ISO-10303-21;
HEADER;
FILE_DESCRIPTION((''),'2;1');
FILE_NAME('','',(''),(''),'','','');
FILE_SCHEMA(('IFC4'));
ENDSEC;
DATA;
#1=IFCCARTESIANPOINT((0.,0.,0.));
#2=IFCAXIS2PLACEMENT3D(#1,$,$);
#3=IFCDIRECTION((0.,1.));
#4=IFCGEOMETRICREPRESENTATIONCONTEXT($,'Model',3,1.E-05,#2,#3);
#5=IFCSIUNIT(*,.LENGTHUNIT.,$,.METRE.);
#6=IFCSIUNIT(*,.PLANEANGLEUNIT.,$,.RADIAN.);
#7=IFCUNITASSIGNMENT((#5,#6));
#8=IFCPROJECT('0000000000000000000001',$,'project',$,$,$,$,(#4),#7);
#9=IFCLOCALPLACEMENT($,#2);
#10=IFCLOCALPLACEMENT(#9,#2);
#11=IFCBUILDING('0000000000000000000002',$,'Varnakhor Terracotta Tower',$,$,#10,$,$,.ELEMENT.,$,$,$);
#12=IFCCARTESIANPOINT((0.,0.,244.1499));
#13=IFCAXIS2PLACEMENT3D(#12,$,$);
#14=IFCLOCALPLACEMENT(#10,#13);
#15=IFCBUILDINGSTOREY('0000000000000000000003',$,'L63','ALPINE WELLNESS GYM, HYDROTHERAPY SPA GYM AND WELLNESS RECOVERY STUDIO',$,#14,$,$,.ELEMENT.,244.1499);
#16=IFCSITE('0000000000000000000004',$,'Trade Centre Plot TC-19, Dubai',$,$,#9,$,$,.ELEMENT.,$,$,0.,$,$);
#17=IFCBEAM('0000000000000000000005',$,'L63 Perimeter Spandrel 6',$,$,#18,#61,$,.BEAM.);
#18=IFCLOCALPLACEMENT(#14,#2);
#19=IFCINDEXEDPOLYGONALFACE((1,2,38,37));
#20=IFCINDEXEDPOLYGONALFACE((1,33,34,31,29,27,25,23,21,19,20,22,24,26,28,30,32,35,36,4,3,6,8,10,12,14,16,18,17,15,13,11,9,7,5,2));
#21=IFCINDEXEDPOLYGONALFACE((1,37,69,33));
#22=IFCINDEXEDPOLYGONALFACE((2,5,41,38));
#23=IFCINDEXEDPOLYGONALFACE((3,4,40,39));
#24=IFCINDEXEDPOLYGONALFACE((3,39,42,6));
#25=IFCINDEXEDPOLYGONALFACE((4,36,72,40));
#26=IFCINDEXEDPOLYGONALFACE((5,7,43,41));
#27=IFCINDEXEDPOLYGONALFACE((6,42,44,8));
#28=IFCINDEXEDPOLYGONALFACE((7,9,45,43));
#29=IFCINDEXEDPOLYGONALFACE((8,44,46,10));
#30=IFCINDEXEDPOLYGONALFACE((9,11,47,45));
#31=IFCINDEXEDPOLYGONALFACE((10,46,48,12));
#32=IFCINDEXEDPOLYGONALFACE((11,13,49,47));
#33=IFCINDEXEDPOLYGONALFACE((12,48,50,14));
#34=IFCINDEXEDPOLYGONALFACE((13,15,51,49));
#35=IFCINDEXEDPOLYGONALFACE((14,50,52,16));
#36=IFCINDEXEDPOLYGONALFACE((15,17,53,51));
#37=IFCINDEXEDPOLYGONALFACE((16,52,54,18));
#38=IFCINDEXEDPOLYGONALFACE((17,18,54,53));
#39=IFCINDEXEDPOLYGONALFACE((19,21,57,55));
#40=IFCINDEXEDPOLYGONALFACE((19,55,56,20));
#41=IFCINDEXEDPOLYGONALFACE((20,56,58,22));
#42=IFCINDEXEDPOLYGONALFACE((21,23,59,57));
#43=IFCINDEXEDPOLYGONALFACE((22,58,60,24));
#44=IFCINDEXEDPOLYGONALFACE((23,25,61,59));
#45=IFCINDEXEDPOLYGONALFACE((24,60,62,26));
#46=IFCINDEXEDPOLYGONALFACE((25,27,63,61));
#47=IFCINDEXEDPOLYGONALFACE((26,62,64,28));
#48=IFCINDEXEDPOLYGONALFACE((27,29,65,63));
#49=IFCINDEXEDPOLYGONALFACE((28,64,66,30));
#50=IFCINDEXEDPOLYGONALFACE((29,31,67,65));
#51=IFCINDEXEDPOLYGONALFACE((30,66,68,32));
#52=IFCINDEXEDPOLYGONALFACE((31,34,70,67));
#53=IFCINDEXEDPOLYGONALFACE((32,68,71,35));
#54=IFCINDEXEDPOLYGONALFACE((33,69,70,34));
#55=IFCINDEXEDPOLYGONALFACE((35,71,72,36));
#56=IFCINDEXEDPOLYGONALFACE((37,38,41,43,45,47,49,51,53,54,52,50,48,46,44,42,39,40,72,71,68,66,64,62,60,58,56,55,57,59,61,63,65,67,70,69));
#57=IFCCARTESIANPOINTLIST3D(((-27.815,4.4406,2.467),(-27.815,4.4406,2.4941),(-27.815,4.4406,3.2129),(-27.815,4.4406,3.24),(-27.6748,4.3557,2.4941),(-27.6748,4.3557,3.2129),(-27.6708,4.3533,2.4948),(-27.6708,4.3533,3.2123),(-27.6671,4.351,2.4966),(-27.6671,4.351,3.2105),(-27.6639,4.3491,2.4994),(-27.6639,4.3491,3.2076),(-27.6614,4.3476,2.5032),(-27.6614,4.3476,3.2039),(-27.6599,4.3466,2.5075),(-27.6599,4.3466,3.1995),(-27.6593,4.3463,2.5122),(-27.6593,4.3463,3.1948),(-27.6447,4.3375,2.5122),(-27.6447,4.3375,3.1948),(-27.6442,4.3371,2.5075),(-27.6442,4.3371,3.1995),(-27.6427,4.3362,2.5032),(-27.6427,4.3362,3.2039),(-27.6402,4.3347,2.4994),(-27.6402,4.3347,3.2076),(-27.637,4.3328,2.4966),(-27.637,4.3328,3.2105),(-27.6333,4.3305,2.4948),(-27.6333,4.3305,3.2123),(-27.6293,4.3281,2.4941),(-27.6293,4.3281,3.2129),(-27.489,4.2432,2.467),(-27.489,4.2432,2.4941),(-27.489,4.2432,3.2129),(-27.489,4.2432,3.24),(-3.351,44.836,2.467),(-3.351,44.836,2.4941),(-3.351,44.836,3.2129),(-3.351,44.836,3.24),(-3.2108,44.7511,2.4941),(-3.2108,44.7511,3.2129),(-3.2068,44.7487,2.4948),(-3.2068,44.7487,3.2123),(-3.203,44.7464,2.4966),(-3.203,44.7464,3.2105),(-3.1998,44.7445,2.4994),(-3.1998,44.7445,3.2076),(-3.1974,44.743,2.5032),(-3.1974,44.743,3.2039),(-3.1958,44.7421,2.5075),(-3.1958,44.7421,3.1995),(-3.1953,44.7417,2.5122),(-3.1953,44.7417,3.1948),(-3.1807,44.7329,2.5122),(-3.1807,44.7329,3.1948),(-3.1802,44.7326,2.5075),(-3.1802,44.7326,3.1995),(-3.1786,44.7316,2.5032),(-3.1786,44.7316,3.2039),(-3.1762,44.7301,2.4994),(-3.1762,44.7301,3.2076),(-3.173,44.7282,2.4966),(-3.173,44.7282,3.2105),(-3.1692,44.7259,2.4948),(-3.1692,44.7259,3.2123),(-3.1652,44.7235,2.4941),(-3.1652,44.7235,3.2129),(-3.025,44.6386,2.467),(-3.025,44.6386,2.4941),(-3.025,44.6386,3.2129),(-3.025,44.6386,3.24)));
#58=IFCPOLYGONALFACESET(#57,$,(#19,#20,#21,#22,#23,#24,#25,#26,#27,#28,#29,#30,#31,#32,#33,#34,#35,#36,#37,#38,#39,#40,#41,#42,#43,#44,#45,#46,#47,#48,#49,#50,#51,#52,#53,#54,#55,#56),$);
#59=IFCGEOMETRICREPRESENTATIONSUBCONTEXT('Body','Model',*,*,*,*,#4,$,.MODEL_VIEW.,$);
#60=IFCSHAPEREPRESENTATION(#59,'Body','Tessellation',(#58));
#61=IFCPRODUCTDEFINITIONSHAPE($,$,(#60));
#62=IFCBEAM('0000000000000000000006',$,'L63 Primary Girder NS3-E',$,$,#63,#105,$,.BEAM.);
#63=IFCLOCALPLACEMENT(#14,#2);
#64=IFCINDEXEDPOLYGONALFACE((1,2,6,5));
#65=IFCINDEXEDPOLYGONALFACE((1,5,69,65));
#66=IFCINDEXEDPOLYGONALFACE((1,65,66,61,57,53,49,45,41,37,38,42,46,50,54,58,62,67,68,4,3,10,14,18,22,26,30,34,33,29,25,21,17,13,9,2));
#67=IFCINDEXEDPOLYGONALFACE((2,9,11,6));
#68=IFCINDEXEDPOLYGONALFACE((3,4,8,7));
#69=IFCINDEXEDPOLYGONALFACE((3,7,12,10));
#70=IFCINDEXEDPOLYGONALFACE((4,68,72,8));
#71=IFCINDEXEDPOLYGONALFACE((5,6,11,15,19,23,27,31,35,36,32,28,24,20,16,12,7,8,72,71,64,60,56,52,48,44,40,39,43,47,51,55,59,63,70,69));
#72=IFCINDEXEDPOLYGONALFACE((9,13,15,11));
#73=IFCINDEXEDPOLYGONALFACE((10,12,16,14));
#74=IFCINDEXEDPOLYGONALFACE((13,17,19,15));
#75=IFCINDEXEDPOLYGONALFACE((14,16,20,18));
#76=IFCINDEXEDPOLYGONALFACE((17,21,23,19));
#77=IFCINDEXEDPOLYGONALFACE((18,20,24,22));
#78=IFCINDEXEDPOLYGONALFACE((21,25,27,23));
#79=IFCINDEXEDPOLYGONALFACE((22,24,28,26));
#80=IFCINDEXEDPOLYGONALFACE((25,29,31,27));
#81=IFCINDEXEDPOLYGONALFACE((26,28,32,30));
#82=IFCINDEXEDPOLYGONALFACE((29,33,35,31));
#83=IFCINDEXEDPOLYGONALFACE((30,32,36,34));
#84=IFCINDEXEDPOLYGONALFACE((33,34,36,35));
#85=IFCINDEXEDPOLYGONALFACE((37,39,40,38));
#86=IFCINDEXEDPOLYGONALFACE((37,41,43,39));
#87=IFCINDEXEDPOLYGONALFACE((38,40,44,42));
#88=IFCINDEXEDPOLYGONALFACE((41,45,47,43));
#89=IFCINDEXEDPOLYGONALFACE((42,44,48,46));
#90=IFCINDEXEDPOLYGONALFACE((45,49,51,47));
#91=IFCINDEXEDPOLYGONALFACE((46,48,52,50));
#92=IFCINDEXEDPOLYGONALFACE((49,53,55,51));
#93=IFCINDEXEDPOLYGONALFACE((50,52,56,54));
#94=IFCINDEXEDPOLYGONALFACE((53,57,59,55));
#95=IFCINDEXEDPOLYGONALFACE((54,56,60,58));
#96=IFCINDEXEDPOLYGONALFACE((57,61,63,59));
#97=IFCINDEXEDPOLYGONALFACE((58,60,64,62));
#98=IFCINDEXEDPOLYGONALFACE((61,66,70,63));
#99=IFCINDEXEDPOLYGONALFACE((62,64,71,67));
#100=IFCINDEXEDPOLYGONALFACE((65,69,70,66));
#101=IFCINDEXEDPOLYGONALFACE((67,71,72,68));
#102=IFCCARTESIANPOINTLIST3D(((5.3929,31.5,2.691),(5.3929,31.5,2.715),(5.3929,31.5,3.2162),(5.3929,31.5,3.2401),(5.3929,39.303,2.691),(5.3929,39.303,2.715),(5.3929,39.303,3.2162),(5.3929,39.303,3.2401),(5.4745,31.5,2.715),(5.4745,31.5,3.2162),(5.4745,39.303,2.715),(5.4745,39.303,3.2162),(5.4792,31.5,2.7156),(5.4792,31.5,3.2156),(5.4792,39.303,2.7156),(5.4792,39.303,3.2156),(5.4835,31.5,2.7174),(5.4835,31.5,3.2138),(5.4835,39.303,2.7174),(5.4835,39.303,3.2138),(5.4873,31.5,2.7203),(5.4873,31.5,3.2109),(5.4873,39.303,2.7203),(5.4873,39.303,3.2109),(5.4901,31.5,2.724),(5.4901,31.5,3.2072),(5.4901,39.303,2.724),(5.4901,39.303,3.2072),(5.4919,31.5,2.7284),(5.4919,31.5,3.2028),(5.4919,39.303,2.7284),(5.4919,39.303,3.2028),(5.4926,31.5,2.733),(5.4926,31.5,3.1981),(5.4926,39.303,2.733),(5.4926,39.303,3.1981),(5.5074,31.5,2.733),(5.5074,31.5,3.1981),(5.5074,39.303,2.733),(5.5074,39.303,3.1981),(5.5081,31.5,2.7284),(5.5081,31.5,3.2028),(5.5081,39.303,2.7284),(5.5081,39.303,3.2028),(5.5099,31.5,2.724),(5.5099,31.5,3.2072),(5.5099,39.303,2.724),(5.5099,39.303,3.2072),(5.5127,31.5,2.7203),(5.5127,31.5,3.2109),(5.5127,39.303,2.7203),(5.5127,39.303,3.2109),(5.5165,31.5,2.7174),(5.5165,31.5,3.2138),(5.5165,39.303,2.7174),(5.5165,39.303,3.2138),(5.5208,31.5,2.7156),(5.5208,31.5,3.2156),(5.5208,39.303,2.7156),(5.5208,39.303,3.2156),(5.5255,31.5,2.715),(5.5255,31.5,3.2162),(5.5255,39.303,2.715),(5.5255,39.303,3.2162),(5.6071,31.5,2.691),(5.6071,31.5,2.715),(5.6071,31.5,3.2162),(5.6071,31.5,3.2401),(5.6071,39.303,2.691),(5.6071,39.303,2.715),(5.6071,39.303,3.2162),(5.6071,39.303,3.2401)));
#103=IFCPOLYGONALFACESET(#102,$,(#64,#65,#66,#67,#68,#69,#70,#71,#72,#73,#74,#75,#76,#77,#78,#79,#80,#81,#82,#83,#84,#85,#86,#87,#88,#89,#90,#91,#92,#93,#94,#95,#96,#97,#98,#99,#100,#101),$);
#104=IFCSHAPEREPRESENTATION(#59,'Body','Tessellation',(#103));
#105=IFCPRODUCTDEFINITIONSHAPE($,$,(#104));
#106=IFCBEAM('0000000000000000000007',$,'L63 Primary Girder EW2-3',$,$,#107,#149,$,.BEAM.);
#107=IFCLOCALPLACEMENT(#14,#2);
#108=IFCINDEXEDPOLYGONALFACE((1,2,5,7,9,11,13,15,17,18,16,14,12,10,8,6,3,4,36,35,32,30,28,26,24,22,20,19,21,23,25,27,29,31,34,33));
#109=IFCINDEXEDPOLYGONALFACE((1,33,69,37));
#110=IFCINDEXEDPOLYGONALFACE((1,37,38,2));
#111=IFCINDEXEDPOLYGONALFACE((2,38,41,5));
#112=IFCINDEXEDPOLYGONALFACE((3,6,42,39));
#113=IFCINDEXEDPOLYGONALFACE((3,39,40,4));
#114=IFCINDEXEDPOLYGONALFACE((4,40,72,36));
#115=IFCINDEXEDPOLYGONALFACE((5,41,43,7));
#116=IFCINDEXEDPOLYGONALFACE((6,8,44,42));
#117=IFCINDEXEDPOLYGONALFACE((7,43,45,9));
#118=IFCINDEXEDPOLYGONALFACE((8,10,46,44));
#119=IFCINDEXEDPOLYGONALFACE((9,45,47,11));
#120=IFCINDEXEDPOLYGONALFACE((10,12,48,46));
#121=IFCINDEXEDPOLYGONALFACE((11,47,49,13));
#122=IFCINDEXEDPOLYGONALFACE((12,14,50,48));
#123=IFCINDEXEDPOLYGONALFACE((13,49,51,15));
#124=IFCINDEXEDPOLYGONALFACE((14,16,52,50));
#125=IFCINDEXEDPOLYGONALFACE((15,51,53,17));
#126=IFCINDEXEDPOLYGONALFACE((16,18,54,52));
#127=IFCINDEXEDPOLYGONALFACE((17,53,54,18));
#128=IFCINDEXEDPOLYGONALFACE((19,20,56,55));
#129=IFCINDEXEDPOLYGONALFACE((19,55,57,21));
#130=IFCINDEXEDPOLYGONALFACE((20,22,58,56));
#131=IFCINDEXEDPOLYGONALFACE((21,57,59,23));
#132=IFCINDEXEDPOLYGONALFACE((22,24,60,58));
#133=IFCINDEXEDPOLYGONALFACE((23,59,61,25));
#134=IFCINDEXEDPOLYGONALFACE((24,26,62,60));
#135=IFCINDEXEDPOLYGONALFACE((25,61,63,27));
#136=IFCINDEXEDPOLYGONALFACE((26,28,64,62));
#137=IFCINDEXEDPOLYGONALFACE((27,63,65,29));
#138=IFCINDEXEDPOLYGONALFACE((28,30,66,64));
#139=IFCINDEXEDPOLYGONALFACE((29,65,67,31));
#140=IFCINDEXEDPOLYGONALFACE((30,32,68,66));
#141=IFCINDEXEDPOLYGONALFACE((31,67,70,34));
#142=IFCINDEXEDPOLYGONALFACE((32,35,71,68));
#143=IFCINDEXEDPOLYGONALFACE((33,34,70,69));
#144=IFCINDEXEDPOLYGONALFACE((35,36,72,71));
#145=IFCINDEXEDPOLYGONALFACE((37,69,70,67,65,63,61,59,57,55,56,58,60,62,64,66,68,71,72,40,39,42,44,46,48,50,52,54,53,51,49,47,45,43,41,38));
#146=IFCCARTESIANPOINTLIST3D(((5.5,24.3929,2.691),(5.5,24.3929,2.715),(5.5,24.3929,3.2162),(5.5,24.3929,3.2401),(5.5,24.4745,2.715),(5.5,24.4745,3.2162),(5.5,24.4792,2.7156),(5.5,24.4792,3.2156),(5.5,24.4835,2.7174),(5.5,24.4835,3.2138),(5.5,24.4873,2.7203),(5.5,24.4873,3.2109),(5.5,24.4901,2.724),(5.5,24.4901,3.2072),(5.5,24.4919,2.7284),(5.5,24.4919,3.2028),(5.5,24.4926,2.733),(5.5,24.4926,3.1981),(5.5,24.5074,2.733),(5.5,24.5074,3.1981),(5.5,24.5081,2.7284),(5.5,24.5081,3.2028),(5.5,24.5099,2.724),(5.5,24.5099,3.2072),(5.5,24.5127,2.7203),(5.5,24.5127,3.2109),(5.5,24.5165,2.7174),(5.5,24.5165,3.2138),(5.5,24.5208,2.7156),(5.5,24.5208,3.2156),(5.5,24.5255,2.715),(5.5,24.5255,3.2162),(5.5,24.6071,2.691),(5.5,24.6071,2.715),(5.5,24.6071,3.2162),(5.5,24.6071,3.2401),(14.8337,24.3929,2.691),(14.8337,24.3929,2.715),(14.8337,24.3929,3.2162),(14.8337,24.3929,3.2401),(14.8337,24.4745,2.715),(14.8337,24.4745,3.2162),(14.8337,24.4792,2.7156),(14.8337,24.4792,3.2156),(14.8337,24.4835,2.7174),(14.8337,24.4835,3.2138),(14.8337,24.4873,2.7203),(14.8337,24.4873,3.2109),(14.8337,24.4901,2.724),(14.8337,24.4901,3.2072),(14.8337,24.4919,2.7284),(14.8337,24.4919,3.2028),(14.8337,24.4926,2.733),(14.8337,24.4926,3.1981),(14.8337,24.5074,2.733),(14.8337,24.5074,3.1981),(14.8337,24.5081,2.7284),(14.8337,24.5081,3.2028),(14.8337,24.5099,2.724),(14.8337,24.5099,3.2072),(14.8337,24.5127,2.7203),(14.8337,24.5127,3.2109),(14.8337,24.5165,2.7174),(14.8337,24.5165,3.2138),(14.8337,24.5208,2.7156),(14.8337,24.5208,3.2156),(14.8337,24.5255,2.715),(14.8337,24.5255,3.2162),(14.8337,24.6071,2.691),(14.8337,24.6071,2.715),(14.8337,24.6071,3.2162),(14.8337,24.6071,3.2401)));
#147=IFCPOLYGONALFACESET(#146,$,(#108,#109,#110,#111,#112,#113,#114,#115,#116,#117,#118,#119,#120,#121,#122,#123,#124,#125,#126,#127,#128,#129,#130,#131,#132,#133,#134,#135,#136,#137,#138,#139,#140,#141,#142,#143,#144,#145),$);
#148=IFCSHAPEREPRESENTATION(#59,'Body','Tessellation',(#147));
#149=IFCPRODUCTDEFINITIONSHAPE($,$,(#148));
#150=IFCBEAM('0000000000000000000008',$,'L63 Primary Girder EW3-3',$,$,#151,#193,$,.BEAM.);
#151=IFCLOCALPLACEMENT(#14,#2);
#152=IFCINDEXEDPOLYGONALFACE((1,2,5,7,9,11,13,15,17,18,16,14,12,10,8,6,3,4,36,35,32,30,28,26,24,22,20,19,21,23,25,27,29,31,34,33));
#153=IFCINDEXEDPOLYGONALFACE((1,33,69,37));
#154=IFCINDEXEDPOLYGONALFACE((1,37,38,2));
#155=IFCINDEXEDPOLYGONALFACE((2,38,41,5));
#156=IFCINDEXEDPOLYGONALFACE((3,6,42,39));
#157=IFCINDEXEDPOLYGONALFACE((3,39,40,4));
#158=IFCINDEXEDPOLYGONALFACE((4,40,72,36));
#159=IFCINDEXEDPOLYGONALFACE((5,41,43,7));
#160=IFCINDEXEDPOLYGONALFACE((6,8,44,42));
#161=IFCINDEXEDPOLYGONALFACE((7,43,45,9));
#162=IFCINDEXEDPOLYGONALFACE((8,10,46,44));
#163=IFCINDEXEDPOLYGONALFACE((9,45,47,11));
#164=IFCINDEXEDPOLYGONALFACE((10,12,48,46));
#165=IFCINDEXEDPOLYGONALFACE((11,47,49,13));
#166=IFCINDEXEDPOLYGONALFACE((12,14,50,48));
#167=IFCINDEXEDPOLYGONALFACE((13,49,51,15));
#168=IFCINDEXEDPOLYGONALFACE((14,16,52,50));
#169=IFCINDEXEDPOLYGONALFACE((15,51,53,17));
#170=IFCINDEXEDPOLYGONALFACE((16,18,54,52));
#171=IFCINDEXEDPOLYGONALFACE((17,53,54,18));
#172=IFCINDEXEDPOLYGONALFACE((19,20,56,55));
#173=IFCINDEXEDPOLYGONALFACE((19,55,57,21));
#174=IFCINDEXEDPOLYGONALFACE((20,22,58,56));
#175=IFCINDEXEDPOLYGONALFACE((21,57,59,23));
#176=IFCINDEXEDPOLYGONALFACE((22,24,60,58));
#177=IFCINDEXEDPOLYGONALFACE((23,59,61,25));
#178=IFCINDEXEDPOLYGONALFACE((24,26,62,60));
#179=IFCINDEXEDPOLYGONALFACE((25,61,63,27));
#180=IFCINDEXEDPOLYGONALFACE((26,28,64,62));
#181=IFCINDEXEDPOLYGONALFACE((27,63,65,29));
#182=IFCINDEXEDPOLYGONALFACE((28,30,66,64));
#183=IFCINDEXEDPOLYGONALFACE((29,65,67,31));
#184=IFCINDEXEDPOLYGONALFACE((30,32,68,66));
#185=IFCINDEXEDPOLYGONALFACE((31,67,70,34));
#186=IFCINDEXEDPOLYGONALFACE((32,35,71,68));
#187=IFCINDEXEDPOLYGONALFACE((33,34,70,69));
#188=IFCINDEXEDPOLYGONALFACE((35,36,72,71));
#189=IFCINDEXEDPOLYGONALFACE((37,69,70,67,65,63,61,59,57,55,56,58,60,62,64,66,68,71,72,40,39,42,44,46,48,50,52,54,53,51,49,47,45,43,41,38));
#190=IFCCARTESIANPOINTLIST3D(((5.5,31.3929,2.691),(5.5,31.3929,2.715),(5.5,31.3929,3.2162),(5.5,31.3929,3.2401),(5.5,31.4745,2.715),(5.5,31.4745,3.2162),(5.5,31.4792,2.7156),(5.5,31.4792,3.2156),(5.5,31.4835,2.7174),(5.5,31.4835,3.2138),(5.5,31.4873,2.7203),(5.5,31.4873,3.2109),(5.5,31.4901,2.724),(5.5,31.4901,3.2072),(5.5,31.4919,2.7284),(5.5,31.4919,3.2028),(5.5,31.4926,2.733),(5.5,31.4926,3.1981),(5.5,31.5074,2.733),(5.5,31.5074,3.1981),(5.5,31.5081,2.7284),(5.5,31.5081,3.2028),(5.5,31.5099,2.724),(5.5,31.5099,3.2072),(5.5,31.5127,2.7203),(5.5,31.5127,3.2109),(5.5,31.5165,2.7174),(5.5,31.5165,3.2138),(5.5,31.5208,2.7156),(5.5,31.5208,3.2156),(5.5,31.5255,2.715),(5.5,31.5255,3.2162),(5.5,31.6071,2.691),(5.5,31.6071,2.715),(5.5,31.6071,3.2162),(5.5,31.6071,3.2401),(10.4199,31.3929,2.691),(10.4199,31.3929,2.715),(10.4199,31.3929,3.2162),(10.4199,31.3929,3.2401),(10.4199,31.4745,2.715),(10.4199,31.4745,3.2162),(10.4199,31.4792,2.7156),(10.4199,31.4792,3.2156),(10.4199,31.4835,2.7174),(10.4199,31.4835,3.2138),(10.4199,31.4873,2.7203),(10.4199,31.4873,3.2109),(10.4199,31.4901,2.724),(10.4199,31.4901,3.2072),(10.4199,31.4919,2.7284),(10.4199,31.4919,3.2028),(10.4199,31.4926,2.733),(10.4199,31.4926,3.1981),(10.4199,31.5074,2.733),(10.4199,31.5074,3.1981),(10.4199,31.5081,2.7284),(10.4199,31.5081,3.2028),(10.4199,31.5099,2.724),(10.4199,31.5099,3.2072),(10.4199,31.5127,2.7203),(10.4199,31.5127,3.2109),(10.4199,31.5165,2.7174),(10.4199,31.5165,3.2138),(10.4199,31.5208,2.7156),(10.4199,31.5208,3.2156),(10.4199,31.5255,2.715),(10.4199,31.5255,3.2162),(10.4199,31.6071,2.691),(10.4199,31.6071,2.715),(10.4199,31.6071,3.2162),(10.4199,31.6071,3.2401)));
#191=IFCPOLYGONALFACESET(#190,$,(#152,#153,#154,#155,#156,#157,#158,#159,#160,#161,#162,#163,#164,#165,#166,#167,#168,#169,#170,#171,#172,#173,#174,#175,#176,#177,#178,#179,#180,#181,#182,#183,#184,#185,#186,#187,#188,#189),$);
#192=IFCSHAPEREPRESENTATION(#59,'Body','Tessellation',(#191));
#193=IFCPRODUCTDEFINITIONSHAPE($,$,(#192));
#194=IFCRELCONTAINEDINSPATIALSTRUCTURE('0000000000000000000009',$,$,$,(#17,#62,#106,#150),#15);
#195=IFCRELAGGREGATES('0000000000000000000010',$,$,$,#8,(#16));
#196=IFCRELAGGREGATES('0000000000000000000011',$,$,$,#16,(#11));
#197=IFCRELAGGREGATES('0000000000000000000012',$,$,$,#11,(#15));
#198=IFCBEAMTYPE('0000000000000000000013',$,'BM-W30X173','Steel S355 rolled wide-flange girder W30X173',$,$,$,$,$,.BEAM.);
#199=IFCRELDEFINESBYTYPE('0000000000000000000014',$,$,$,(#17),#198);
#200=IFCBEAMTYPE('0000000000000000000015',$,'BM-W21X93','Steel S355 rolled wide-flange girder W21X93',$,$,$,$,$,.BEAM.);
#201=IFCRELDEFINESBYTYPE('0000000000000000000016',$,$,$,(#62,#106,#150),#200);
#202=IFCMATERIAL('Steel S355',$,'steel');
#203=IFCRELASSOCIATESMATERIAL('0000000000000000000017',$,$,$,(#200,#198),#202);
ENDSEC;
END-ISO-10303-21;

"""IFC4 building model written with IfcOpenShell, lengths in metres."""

from ifc_helpers import new_model, si_unit, direction, frame, origin, origin_2d, place, context, subcontext, project, spatial, i_section, extrude, source, transform, mapped, material, material_profile, profile_set, type_object, element, save


model = new_model("IFC4")

# Units and contexts
model_context = context("Model", 3, precision=1e-05, world=origin(), true_north=direction((0.0, 1.0)))
body_context = subcontext(model_context, "Body", "Model", "MODEL_VIEW")
ifc_project = project(units=[si_unit("LENGTHUNIT", "METRE"), si_unit("PLANEANGLEUNIT", "RADIAN")], contexts=[model_context])

# Site, building, storey
site_placement = place(None, origin())
site = spatial("IfcSite", under=ifc_project, at=site_placement, Name="Trade Centre Plot TC-19, Dubai", CompositionType="ELEMENT", RefElevation=0.0)
building_placement = place(site_placement, origin())
building = spatial("IfcBuilding", under=site, at=building_placement, Name="Varnakhor Terracotta Tower", CompositionType="ELEMENT")
storey_placement = place(building_placement, frame((0.0, 0.0, 244.1499)))
storey = spatial("IfcBuildingStorey", under=building, at=storey_placement, Name="L63", Description="ALPINE WELLNESS GYM, HYDROTHERAPY SPA GYM AND WELLNESS RECOVERY STUDIO", CompositionType="ELEMENT", Elevation=244.1499)

# Beams
ifc_material_1 = material(Name="Steel S355", Category="steel")
ifc_material_profile_1 = material_profile(ifc_material_1, i_section(OverallWidth=0.2141, OverallDepth=0.5491, WebThickness=0.0149, FlangeThickness=0.0239, FilletRadius=0.0181, at=origin_2d()), Name="W21X93")
ifc_profile_set_1 = profile_set([ifc_material_profile_1], Name="Steel S355")
beam_type_1 = type_object("IfcBeamType", Name="BM-W21X93", Description="Steel S355 rolled wide-flange girder W21X93", PredefinedType="BEAM", material=ifc_profile_set_1)
ifc_material_profile_2 = material_profile(ifc_material_1, i_section(OverallWidth=0.3811, OverallDepth=0.7729, WebThickness=0.0171, FlangeThickness=0.0271, FilletRadius=0.0181, at=origin_2d()), Name="W30X173")
ifc_profile_set_2 = profile_set([ifc_material_profile_2], Name="Steel S355")
beam_type_2 = type_object("IfcBeamType", Name="BM-W30X173", Description="Steel S355 rolled wide-flange girder W30X173", PredefinedType="BEAM", material=ifc_profile_set_2)
shared_shape_1 = source(origin(), body_context, "Body", "SweptSolid", [
    extrude(i_section(OverallWidth=0.3811, OverallDepth=0.7729, WebThickness=0.0171, FlangeThickness=0.0271, FilletRadius=0.0181, at=origin_2d()), origin(), (0.0, 0.0, 1.0), 47.2258),
])
beam_1_placement = place(storey_placement, frame((-3.188, 44.7373, 2.8535), z_axis=(-0.518023, -0.855367, 0.0), x_axis=(0.855367, -0.518023, 0.0)))
element("IfcBeam", 1, at=beam_1_placement, inside=storey, type_object=beam_type_2, Name="L63 Perimeter Spandrel 6", PredefinedType="BEAM", context=body_context, shape_type="MappedRepresentation", body=[
    mapped(shared_shape_1, transform((0.0, 0.0, 0.0), scale=1.0)),
])
shared_shape_2 = source(origin(), body_context, "Body", "SweptSolid", [
    extrude(i_section(OverallWidth=0.2141, OverallDepth=0.5491, WebThickness=0.0149, FlangeThickness=0.0239, FilletRadius=0.0181, at=origin_2d()), origin(), (0.0, 0.0, 1.0), 7.803),
])
beam_2_placement = place(storey_placement, frame((5.5, 31.5, 2.9656), z_axis=(0.0, 1.0, 0.0), x_axis=(-1.0, 0.0, 0.0)))
element("IfcBeam", 2, at=beam_2_placement, inside=storey, type_object=beam_type_1, Name="L63 Primary Girder NS3-E", PredefinedType="BEAM", context=body_context, shape_type="MappedRepresentation", body=[
    mapped(shared_shape_2, transform((0.0, 0.0, 0.0), scale=1.0)),
])
shared_shape_3 = source(origin(), body_context, "Body", "SweptSolid", [
    extrude(i_section(OverallWidth=0.2141, OverallDepth=0.5491, WebThickness=0.0149, FlangeThickness=0.0239, FilletRadius=0.0181, at=origin_2d()), origin(), (0.0, 0.0, 1.0), 9.3337),
])
beam_3_placement = place(storey_placement, frame((5.5, 24.5, 2.9656), z_axis=(1.0, 0.0, 0.0), x_axis=(0.0, 1.0, 0.0)))
element("IfcBeam", 3, at=beam_3_placement, inside=storey, type_object=beam_type_1, Name="L63 Primary Girder EW2-3", PredefinedType="BEAM", context=body_context, shape_type="MappedRepresentation", body=[
    mapped(shared_shape_3, transform((0.0, 0.0, 0.0), scale=1.0)),
])
shared_shape_4 = source(origin(), body_context, "Body", "SweptSolid", [
    extrude(i_section(OverallWidth=0.2141, OverallDepth=0.5491, WebThickness=0.0149, FlangeThickness=0.0239, FilletRadius=0.0181, at=origin_2d()), origin(), (0.0, 0.0, 1.0), 4.9199),
])
beam_4_placement = place(storey_placement, frame((5.5, 31.5, 2.9656), z_axis=(1.0, 0.0, 0.0), x_axis=(0.0, 1.0, 0.0)))
element("IfcBeam", 4, at=beam_4_placement, inside=storey, type_object=beam_type_1, Name="L63 Primary Girder EW3-3", PredefinedType="BEAM", context=body_context, shape_type="MappedRepresentation", body=[
    mapped(shared_shape_4, transform((0.0, 0.0, 0.0), scale=1.0)),
])

save(model, "model.ifc")
